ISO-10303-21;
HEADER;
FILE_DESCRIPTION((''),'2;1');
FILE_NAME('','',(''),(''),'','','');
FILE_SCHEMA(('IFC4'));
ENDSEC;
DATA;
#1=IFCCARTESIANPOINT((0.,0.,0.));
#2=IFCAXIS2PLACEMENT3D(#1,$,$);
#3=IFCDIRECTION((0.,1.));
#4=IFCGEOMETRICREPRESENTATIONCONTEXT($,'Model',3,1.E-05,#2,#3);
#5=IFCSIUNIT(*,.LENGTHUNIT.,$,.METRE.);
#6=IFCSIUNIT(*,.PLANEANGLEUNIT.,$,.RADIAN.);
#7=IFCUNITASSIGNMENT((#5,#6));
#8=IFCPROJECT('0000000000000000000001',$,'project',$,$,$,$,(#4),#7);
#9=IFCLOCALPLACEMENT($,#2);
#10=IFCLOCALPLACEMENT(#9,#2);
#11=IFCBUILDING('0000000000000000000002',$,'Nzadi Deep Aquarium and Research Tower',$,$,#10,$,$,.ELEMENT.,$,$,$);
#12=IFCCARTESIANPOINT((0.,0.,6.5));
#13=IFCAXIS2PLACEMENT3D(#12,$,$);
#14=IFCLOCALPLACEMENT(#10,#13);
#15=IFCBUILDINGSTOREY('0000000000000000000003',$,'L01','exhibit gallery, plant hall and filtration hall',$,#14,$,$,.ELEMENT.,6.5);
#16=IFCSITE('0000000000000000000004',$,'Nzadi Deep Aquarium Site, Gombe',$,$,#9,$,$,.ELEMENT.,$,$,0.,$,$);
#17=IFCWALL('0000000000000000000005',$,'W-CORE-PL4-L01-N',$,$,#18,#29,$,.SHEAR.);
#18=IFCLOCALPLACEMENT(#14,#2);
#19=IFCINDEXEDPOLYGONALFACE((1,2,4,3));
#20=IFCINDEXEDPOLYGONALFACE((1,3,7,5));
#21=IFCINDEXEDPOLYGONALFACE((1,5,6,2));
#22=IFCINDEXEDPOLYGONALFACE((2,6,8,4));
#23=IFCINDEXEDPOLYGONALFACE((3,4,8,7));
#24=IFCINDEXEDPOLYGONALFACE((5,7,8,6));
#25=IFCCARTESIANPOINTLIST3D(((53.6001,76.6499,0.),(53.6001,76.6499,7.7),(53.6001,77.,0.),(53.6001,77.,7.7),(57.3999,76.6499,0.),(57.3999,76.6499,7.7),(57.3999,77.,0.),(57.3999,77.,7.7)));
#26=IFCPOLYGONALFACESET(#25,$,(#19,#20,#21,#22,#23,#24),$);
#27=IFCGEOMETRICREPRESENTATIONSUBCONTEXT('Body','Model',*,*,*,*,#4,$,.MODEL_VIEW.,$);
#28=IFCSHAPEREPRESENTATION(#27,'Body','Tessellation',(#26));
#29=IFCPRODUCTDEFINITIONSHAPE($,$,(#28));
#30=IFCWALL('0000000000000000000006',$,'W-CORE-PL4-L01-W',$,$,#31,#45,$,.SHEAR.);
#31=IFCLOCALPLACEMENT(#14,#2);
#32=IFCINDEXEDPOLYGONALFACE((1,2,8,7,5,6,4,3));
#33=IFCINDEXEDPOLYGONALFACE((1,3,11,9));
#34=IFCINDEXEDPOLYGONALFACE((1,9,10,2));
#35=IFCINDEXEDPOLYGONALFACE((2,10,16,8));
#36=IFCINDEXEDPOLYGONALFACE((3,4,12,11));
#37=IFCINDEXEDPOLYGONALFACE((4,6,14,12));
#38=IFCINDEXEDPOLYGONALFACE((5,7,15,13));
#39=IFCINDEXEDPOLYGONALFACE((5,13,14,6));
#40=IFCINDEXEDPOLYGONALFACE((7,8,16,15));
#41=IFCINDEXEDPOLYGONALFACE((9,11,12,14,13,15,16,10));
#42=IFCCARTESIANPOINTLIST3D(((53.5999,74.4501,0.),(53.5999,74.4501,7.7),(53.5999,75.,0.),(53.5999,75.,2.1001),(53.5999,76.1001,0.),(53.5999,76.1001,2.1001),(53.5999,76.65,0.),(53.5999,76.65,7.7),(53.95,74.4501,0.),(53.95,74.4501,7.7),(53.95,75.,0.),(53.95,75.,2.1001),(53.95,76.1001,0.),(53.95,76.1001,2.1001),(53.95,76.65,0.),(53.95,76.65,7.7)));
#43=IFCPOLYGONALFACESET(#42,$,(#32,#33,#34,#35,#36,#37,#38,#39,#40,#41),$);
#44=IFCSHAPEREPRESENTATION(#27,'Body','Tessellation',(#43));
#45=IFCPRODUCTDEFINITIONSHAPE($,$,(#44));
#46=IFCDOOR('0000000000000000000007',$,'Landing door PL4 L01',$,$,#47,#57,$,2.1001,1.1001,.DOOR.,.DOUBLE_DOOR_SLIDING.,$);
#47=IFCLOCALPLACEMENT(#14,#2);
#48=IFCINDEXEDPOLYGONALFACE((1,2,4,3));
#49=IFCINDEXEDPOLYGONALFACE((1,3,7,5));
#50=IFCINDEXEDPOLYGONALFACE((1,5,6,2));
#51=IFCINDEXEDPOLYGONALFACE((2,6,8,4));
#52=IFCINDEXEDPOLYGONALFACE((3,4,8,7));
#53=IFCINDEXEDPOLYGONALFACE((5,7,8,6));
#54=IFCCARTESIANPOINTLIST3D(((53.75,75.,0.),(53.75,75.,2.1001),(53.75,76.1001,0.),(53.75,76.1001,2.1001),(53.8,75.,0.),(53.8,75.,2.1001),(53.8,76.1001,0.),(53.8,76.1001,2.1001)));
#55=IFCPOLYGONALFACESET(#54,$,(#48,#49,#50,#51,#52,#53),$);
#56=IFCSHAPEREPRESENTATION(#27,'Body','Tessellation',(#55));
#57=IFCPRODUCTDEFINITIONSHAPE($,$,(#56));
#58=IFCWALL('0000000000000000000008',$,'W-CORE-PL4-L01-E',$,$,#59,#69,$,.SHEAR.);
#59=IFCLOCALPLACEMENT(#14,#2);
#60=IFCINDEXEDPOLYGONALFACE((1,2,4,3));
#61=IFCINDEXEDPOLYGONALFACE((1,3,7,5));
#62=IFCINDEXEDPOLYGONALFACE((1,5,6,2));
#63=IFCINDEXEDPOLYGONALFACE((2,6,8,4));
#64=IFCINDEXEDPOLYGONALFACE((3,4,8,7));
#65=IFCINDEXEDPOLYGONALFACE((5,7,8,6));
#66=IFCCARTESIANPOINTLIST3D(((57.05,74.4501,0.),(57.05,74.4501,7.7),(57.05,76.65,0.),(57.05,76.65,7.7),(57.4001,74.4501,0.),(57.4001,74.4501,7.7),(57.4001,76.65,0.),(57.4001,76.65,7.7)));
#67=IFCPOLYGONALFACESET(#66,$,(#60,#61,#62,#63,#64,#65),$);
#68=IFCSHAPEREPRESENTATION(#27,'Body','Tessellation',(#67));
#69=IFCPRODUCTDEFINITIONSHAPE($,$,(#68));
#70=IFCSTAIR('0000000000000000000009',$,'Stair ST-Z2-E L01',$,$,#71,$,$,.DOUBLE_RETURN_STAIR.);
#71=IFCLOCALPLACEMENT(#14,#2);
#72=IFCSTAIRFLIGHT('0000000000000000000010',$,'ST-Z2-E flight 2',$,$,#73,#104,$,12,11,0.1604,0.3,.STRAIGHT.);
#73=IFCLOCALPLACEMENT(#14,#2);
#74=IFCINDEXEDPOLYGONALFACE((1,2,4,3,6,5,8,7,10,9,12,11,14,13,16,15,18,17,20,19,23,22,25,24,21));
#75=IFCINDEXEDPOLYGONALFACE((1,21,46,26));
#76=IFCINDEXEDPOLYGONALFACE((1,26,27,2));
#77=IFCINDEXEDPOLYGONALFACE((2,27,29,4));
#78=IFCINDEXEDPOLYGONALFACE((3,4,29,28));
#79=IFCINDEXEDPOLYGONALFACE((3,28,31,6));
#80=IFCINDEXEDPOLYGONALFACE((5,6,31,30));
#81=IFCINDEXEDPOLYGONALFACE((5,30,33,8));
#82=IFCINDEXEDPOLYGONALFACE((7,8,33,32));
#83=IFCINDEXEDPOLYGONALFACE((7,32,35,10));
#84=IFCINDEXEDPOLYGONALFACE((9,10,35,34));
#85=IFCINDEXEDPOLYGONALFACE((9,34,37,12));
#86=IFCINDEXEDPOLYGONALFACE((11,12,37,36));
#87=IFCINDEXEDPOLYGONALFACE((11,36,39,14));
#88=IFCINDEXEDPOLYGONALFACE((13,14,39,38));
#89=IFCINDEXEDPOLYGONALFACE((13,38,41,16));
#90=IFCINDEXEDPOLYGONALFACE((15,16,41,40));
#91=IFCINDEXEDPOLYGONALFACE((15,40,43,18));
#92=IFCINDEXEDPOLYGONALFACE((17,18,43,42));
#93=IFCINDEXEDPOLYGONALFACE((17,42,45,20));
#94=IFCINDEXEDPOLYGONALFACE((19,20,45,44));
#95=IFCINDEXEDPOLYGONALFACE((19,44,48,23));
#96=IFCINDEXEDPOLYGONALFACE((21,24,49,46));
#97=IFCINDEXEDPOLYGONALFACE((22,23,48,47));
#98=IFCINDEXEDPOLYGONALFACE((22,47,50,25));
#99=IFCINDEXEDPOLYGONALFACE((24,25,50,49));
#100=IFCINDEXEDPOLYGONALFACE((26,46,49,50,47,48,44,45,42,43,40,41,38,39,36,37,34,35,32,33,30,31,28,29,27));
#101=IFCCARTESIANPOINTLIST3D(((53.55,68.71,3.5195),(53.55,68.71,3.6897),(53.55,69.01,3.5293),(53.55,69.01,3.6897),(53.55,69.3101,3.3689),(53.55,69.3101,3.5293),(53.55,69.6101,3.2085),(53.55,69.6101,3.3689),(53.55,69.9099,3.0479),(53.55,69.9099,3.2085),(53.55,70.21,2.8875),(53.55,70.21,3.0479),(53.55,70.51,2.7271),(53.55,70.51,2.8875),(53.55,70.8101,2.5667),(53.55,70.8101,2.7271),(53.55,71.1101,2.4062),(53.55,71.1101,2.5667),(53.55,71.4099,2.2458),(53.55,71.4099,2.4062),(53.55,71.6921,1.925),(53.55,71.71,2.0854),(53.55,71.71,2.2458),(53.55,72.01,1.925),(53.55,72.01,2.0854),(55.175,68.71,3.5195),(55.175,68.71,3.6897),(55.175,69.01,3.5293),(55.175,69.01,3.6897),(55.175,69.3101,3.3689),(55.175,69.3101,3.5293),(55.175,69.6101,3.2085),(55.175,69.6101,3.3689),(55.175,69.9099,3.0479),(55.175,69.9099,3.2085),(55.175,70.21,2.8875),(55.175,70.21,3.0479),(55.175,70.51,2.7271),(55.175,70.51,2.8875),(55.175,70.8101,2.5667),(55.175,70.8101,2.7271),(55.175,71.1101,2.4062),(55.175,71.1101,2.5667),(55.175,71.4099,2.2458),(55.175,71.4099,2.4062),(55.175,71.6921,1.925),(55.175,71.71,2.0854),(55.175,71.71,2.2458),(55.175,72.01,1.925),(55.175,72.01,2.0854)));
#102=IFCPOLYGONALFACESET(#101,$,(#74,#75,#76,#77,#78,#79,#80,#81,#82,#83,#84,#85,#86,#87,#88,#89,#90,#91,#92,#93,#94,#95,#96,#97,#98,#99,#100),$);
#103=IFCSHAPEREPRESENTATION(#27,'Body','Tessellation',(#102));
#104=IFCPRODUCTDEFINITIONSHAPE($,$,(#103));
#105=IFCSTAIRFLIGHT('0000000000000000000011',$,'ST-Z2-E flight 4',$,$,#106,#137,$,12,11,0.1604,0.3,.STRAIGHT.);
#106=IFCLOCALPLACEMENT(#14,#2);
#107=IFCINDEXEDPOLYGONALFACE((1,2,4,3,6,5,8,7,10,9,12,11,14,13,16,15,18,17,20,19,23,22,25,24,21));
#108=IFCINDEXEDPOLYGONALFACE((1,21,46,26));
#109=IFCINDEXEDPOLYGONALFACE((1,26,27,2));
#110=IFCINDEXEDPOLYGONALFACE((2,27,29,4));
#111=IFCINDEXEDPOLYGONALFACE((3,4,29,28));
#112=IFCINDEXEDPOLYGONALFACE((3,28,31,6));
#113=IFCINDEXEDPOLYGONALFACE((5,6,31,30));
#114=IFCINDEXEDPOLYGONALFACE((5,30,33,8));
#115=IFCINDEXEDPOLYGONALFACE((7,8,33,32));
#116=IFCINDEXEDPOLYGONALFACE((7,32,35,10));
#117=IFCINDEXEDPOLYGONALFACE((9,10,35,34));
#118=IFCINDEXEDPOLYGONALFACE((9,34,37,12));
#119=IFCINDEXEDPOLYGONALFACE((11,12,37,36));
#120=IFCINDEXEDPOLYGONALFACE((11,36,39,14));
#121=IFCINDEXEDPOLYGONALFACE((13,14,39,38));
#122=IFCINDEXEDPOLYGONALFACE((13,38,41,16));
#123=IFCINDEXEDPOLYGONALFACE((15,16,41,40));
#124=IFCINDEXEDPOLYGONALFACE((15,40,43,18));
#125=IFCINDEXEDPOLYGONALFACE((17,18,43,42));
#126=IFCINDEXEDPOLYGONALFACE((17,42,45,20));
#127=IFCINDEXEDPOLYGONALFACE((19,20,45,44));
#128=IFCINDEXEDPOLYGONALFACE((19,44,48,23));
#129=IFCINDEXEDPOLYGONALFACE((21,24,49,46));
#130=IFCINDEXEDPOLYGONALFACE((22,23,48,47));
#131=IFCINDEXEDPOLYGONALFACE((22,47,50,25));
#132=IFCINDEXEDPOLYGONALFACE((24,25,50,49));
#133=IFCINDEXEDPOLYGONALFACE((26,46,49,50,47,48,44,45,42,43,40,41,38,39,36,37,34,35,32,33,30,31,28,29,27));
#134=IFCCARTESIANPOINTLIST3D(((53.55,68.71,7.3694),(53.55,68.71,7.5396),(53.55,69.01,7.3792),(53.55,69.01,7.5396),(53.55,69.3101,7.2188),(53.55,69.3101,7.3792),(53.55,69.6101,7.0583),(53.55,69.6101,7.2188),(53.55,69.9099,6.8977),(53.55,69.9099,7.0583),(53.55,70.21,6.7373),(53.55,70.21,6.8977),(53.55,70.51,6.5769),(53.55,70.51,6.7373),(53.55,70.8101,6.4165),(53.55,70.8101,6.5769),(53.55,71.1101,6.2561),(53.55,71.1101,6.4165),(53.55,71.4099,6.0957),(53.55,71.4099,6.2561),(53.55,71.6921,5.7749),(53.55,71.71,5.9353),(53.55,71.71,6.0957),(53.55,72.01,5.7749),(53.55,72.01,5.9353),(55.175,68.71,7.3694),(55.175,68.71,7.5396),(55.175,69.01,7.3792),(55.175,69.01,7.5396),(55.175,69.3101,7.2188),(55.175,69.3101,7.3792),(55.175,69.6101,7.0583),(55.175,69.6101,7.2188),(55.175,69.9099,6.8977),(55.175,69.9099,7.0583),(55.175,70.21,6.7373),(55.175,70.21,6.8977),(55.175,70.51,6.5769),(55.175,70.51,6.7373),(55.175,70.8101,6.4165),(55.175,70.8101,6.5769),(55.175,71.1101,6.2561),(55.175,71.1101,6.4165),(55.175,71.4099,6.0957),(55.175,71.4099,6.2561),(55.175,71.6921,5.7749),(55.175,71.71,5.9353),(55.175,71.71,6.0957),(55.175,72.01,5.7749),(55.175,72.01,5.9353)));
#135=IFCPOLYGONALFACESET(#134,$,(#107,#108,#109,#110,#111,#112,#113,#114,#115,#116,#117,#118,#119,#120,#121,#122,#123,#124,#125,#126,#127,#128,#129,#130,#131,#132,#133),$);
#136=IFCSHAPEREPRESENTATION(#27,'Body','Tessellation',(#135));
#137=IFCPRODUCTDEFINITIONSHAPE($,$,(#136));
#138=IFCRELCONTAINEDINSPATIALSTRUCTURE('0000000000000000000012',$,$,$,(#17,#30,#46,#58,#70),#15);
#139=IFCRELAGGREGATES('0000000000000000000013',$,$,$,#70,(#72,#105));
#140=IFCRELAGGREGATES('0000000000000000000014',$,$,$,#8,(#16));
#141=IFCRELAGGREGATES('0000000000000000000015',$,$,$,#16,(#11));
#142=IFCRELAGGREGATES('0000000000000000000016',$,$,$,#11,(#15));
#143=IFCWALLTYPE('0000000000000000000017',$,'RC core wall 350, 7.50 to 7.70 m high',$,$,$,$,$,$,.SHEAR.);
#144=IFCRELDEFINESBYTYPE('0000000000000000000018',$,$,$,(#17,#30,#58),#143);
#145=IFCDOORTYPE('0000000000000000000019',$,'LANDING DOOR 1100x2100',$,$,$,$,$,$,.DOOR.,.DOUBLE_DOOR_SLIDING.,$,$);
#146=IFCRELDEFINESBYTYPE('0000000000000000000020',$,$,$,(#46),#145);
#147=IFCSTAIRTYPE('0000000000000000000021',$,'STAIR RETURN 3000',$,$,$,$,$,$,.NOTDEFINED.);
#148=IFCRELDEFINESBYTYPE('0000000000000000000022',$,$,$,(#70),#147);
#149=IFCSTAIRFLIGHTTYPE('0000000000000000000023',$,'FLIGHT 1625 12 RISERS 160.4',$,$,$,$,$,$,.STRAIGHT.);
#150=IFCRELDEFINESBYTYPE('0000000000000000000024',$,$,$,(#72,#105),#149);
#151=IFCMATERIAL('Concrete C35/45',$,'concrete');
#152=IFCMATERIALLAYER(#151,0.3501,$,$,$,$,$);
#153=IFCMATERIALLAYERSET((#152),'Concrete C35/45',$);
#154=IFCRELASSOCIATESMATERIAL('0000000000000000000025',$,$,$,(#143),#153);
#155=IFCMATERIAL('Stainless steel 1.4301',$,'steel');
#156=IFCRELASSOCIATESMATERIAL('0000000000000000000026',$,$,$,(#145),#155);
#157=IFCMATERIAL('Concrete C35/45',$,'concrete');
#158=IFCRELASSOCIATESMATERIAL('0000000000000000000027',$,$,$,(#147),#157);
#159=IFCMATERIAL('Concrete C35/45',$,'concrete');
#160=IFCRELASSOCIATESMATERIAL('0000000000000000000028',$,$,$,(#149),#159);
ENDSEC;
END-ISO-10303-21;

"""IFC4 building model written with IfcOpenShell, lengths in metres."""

from ifc_helpers import new_model, si_unit, direction, frame, frame_2d, origin, place, context, subcontext, project, spatial, polyline, rectangle, outline, extrude, material, layer, layer_set, type_object, element, fill, aggregate, save


model = new_model("IFC4")

# Units and contexts
model_context = context("Model", 3, precision=1e-05, world=origin(), true_north=direction((0.0, 1.0)))
body_context = subcontext(model_context, "Body", "Model", "MODEL_VIEW")
ifc_project = project(units=[si_unit("LENGTHUNIT", "METRE"), si_unit("PLANEANGLEUNIT", "RADIAN")], contexts=[model_context])

# Site, building, storey
site_placement = place(None, origin())
site = spatial("IfcSite", under=ifc_project, at=site_placement, Name="Nzadi Deep Aquarium Site, Gombe", CompositionType="ELEMENT", RefElevation=0.0)
building_placement = place(site_placement, origin())
building = spatial("IfcBuilding", under=site, at=building_placement, Name="Nzadi Deep Aquarium and Research Tower", CompositionType="ELEMENT")
storey_placement = place(building_placement, frame((0.0, 0.0, 6.5)))
storey = spatial("IfcBuildingStorey", under=building, at=storey_placement, Name="L01", Description="exhibit gallery, plant hall and filtration hall", CompositionType="ELEMENT", Elevation=6.5)

# Wall
ifc_material_1 = material(Name="Concrete C35/45", Category="concrete")
ifc_layer_1 = layer(ifc_material_1, 0.3501)
ifc_layer_set_1 = layer_set([ifc_layer_1], Name="Concrete C35/45")
wall_type_1 = type_object("IfcWallType", Name="RC core wall 350, 7.50 to 7.70 m high", PredefinedType="SHEAR", material=ifc_layer_set_1)
for number, where, z_axis, x_axis, name in (
    (1, (53.6001, 76.825, 0.0), (0.0, 0.0, 1.0), (1.0, 0.0, 0.0), "W-CORE-PL4-L01-N"),
):
    element("IfcWall", number, at=place(storey_placement, frame(where, z_axis=z_axis, x_axis=x_axis)), inside=storey, type_object=wall_type_1, Name=name, PredefinedType="SHEAR", context=body_context, shape_type="SweptSolid", body=[
        extrude(rectangle(XDim=3.7998, YDim=0.3501, at=frame_2d((1.8999, 0.0))), origin(), (0.0, 0.0, 1.0), 7.7),
    ])

# Wall, opening, door
wall_1_placement = place(storey_placement, frame((53.7749, 74.45, 0.0), z_axis=(0.0, 0.0, 1.0), x_axis=(0.0, 1.0, 0.0)))
wall_1 = element("IfcWall", 2, at=wall_1_placement, inside=storey, type_object=wall_type_1, Name="W-CORE-PL4-L01-W", PredefinedType="SHEAR", context=body_context, shape_type="SweptSolid", body=[
    extrude(rectangle(XDim=2.2, YDim=0.3501, at=frame_2d((1.1001, 0.0))), origin(), (0.0, 0.0, 1.0), 7.7),
])
opening_placement = place(wall_1_placement, frame((0.55, 0.0, 0.0)))
opening = element("IfcOpeningElement", 3, at=opening_placement, cuts=wall_1, PredefinedType="OPENING", context=body_context, shape_type="SweptSolid", body=[
    extrude(rectangle(XDim=1.1001, YDim=2.1001, at=frame_2d((0.55, 1.05))), frame((0.0, 0.1851, 0.0), z_axis=(0.0, -1.0, 0.0), x_axis=(1.0, 0.0, 0.0)), (0.0, 0.0, 1.0), 0.3701),
])
ifc_material_2 = material(Name="Stainless steel 1.4301", Category="steel")
door_type = type_object("IfcDoorType", Name="LANDING DOOR 1100x2100", OperationType="DOUBLE_DOOR_SLIDING", PredefinedType="DOOR", material=ifc_material_2)
door_placement = place(opening_placement, origin())
door = element("IfcDoor", 4, at=door_placement, inside=storey, type_object=door_type, Name="Landing door PL4 L01", OperationType="DOUBLE_DOOR_SLIDING", OverallHeight=2.1001, OverallWidth=1.1001, PredefinedType="DOOR", context=body_context, shape_type="SweptSolid", body=[
    extrude(rectangle(XDim=1.1001, YDim=2.1001, at=frame_2d((0.55, 1.05))), frame((0.0, 0.0249, 0.0), z_axis=(0.0, -1.0, 0.0), x_axis=(1.0, 0.0, 0.0)), (0.0, 0.0, 1.0), 0.05),
])
fill(opening, door)

# Wall
wall_2_placement = place(storey_placement, frame((57.2251, 74.45, 0.0), z_axis=(0.0, 0.0, 1.0), x_axis=(0.0, 1.0, 0.0)))
element("IfcWall", 5, at=wall_2_placement, inside=storey, type_object=wall_type_1, Name="W-CORE-PL4-L01-E", PredefinedType="SHEAR", context=body_context, shape_type="SweptSolid", body=[
    extrude(rectangle(XDim=2.2, YDim=0.3501, at=frame_2d((1.1001, 0.0))), origin(), (0.0, 0.0, 1.0), 7.7),
])

# Stair, stair flights
ifc_material_3 = material(Name="Concrete C35/45", Category="concrete")
stair_type = type_object("IfcStairType", Name="STAIR RETURN 3000", PredefinedType="NOTDEFINED", material=ifc_material_3)
stair_placement = place(storey_placement, origin())
stair = element("IfcStair", 6, at=stair_placement, inside=storey, type_object=stair_type, Name="Stair ST-Z2-E L01", PredefinedType="DOUBLE_RETURN_STAIR")
ifc_material_4 = material(Name="Concrete C35/45", Category="concrete")
stair_flight_type = type_object("IfcStairFlightType", Name="FLIGHT 1625 12 RISERS 160.4", PredefinedType="STRAIGHT", material=ifc_material_4)
stair_flight_1_placement = place(storey_placement, frame((54.3625, 72.01, 1.925), z_axis=(0.0, 0.0, 1.0), x_axis=(0.0, -1.0, 0.0)))
stair_flight_1 = element("IfcStairFlight", 7, at=stair_flight_1_placement, type_object=stair_flight_type, Name="ST-Z2-E flight 2", NumberOfRisers=12, NumberOfTreads=11, PredefinedType="STRAIGHT", RiserHeight=0.1604, TreadLength=0.3, context=body_context, shape_type="SweptSolid", body=[
    extrude(outline(polyline([(0.0, 0.0), (0.0, 0.1604), (0.3, 0.1604), (0.3, 0.3208), (0.6001, 0.3208), (0.6001, 0.4812), (0.8999, 0.4812), (0.8999, 0.6416), (1.2, 0.6416), (1.2, 0.802), (1.5, 0.802), (1.5, 0.9624), (1.8, 0.9624), (1.8, 1.1228), (2.1001, 1.1228), (2.1001, 1.2834), (2.3999, 1.2834), (2.3999, 1.4438), (2.7, 1.4438), (2.7, 1.6042), (3.0, 1.6042), (3.0, 1.7646), (3.3, 1.7646), (3.3, 1.925), (3.3, 1.5945), (0.3179, 0.0), (0.0, 0.0)])), frame((0.0, 0.8125, 0.0), z_axis=(0.0, -1.0, 0.0), x_axis=(1.0, 0.0, 0.0)), (0.0, 0.0, 1.0), 1.625),
])
stair_flight_2_placement = place(storey_placement, frame((54.3625, 72.01, 5.7749), z_axis=(0.0, 0.0, 1.0), x_axis=(0.0, -1.0, 0.0)))
stair_flight_2 = element("IfcStairFlight", 8, at=stair_flight_2_placement, type_object=stair_flight_type, Name="ST-Z2-E flight 4", NumberOfRisers=12, NumberOfTreads=11, PredefinedType="STRAIGHT", RiserHeight=0.1604, TreadLength=0.3, context=body_context, shape_type="SweptSolid", body=[
    extrude(outline(polyline([(0.0, 0.0), (0.0, 0.1604), (0.3, 0.1604), (0.3, 0.3208), (0.6001, 0.3208), (0.6001, 0.4812), (0.8999, 0.4812), (0.8999, 0.6416), (1.2, 0.6416), (1.2, 0.802), (1.5, 0.802), (1.5, 0.9624), (1.8, 0.9624), (1.8, 1.1228), (2.1001, 1.1228), (2.1001, 1.2834), (2.3999, 1.2834), (2.3999, 1.4438), (2.7, 1.4438), (2.7, 1.6042), (3.0, 1.6042), (3.0, 1.7646), (3.3, 1.7646), (3.3, 1.925), (3.3, 1.5945), (0.3179, 0.0), (0.0, 0.0)])), frame((0.0, 0.8125, 0.0), z_axis=(0.0, -1.0, 0.0), x_axis=(1.0, 0.0, 0.0)), (0.0, 0.0, 1.0), 1.625),
])
aggregate(stair, [stair_flight_1, stair_flight_2])

save(model, "model.ifc")
